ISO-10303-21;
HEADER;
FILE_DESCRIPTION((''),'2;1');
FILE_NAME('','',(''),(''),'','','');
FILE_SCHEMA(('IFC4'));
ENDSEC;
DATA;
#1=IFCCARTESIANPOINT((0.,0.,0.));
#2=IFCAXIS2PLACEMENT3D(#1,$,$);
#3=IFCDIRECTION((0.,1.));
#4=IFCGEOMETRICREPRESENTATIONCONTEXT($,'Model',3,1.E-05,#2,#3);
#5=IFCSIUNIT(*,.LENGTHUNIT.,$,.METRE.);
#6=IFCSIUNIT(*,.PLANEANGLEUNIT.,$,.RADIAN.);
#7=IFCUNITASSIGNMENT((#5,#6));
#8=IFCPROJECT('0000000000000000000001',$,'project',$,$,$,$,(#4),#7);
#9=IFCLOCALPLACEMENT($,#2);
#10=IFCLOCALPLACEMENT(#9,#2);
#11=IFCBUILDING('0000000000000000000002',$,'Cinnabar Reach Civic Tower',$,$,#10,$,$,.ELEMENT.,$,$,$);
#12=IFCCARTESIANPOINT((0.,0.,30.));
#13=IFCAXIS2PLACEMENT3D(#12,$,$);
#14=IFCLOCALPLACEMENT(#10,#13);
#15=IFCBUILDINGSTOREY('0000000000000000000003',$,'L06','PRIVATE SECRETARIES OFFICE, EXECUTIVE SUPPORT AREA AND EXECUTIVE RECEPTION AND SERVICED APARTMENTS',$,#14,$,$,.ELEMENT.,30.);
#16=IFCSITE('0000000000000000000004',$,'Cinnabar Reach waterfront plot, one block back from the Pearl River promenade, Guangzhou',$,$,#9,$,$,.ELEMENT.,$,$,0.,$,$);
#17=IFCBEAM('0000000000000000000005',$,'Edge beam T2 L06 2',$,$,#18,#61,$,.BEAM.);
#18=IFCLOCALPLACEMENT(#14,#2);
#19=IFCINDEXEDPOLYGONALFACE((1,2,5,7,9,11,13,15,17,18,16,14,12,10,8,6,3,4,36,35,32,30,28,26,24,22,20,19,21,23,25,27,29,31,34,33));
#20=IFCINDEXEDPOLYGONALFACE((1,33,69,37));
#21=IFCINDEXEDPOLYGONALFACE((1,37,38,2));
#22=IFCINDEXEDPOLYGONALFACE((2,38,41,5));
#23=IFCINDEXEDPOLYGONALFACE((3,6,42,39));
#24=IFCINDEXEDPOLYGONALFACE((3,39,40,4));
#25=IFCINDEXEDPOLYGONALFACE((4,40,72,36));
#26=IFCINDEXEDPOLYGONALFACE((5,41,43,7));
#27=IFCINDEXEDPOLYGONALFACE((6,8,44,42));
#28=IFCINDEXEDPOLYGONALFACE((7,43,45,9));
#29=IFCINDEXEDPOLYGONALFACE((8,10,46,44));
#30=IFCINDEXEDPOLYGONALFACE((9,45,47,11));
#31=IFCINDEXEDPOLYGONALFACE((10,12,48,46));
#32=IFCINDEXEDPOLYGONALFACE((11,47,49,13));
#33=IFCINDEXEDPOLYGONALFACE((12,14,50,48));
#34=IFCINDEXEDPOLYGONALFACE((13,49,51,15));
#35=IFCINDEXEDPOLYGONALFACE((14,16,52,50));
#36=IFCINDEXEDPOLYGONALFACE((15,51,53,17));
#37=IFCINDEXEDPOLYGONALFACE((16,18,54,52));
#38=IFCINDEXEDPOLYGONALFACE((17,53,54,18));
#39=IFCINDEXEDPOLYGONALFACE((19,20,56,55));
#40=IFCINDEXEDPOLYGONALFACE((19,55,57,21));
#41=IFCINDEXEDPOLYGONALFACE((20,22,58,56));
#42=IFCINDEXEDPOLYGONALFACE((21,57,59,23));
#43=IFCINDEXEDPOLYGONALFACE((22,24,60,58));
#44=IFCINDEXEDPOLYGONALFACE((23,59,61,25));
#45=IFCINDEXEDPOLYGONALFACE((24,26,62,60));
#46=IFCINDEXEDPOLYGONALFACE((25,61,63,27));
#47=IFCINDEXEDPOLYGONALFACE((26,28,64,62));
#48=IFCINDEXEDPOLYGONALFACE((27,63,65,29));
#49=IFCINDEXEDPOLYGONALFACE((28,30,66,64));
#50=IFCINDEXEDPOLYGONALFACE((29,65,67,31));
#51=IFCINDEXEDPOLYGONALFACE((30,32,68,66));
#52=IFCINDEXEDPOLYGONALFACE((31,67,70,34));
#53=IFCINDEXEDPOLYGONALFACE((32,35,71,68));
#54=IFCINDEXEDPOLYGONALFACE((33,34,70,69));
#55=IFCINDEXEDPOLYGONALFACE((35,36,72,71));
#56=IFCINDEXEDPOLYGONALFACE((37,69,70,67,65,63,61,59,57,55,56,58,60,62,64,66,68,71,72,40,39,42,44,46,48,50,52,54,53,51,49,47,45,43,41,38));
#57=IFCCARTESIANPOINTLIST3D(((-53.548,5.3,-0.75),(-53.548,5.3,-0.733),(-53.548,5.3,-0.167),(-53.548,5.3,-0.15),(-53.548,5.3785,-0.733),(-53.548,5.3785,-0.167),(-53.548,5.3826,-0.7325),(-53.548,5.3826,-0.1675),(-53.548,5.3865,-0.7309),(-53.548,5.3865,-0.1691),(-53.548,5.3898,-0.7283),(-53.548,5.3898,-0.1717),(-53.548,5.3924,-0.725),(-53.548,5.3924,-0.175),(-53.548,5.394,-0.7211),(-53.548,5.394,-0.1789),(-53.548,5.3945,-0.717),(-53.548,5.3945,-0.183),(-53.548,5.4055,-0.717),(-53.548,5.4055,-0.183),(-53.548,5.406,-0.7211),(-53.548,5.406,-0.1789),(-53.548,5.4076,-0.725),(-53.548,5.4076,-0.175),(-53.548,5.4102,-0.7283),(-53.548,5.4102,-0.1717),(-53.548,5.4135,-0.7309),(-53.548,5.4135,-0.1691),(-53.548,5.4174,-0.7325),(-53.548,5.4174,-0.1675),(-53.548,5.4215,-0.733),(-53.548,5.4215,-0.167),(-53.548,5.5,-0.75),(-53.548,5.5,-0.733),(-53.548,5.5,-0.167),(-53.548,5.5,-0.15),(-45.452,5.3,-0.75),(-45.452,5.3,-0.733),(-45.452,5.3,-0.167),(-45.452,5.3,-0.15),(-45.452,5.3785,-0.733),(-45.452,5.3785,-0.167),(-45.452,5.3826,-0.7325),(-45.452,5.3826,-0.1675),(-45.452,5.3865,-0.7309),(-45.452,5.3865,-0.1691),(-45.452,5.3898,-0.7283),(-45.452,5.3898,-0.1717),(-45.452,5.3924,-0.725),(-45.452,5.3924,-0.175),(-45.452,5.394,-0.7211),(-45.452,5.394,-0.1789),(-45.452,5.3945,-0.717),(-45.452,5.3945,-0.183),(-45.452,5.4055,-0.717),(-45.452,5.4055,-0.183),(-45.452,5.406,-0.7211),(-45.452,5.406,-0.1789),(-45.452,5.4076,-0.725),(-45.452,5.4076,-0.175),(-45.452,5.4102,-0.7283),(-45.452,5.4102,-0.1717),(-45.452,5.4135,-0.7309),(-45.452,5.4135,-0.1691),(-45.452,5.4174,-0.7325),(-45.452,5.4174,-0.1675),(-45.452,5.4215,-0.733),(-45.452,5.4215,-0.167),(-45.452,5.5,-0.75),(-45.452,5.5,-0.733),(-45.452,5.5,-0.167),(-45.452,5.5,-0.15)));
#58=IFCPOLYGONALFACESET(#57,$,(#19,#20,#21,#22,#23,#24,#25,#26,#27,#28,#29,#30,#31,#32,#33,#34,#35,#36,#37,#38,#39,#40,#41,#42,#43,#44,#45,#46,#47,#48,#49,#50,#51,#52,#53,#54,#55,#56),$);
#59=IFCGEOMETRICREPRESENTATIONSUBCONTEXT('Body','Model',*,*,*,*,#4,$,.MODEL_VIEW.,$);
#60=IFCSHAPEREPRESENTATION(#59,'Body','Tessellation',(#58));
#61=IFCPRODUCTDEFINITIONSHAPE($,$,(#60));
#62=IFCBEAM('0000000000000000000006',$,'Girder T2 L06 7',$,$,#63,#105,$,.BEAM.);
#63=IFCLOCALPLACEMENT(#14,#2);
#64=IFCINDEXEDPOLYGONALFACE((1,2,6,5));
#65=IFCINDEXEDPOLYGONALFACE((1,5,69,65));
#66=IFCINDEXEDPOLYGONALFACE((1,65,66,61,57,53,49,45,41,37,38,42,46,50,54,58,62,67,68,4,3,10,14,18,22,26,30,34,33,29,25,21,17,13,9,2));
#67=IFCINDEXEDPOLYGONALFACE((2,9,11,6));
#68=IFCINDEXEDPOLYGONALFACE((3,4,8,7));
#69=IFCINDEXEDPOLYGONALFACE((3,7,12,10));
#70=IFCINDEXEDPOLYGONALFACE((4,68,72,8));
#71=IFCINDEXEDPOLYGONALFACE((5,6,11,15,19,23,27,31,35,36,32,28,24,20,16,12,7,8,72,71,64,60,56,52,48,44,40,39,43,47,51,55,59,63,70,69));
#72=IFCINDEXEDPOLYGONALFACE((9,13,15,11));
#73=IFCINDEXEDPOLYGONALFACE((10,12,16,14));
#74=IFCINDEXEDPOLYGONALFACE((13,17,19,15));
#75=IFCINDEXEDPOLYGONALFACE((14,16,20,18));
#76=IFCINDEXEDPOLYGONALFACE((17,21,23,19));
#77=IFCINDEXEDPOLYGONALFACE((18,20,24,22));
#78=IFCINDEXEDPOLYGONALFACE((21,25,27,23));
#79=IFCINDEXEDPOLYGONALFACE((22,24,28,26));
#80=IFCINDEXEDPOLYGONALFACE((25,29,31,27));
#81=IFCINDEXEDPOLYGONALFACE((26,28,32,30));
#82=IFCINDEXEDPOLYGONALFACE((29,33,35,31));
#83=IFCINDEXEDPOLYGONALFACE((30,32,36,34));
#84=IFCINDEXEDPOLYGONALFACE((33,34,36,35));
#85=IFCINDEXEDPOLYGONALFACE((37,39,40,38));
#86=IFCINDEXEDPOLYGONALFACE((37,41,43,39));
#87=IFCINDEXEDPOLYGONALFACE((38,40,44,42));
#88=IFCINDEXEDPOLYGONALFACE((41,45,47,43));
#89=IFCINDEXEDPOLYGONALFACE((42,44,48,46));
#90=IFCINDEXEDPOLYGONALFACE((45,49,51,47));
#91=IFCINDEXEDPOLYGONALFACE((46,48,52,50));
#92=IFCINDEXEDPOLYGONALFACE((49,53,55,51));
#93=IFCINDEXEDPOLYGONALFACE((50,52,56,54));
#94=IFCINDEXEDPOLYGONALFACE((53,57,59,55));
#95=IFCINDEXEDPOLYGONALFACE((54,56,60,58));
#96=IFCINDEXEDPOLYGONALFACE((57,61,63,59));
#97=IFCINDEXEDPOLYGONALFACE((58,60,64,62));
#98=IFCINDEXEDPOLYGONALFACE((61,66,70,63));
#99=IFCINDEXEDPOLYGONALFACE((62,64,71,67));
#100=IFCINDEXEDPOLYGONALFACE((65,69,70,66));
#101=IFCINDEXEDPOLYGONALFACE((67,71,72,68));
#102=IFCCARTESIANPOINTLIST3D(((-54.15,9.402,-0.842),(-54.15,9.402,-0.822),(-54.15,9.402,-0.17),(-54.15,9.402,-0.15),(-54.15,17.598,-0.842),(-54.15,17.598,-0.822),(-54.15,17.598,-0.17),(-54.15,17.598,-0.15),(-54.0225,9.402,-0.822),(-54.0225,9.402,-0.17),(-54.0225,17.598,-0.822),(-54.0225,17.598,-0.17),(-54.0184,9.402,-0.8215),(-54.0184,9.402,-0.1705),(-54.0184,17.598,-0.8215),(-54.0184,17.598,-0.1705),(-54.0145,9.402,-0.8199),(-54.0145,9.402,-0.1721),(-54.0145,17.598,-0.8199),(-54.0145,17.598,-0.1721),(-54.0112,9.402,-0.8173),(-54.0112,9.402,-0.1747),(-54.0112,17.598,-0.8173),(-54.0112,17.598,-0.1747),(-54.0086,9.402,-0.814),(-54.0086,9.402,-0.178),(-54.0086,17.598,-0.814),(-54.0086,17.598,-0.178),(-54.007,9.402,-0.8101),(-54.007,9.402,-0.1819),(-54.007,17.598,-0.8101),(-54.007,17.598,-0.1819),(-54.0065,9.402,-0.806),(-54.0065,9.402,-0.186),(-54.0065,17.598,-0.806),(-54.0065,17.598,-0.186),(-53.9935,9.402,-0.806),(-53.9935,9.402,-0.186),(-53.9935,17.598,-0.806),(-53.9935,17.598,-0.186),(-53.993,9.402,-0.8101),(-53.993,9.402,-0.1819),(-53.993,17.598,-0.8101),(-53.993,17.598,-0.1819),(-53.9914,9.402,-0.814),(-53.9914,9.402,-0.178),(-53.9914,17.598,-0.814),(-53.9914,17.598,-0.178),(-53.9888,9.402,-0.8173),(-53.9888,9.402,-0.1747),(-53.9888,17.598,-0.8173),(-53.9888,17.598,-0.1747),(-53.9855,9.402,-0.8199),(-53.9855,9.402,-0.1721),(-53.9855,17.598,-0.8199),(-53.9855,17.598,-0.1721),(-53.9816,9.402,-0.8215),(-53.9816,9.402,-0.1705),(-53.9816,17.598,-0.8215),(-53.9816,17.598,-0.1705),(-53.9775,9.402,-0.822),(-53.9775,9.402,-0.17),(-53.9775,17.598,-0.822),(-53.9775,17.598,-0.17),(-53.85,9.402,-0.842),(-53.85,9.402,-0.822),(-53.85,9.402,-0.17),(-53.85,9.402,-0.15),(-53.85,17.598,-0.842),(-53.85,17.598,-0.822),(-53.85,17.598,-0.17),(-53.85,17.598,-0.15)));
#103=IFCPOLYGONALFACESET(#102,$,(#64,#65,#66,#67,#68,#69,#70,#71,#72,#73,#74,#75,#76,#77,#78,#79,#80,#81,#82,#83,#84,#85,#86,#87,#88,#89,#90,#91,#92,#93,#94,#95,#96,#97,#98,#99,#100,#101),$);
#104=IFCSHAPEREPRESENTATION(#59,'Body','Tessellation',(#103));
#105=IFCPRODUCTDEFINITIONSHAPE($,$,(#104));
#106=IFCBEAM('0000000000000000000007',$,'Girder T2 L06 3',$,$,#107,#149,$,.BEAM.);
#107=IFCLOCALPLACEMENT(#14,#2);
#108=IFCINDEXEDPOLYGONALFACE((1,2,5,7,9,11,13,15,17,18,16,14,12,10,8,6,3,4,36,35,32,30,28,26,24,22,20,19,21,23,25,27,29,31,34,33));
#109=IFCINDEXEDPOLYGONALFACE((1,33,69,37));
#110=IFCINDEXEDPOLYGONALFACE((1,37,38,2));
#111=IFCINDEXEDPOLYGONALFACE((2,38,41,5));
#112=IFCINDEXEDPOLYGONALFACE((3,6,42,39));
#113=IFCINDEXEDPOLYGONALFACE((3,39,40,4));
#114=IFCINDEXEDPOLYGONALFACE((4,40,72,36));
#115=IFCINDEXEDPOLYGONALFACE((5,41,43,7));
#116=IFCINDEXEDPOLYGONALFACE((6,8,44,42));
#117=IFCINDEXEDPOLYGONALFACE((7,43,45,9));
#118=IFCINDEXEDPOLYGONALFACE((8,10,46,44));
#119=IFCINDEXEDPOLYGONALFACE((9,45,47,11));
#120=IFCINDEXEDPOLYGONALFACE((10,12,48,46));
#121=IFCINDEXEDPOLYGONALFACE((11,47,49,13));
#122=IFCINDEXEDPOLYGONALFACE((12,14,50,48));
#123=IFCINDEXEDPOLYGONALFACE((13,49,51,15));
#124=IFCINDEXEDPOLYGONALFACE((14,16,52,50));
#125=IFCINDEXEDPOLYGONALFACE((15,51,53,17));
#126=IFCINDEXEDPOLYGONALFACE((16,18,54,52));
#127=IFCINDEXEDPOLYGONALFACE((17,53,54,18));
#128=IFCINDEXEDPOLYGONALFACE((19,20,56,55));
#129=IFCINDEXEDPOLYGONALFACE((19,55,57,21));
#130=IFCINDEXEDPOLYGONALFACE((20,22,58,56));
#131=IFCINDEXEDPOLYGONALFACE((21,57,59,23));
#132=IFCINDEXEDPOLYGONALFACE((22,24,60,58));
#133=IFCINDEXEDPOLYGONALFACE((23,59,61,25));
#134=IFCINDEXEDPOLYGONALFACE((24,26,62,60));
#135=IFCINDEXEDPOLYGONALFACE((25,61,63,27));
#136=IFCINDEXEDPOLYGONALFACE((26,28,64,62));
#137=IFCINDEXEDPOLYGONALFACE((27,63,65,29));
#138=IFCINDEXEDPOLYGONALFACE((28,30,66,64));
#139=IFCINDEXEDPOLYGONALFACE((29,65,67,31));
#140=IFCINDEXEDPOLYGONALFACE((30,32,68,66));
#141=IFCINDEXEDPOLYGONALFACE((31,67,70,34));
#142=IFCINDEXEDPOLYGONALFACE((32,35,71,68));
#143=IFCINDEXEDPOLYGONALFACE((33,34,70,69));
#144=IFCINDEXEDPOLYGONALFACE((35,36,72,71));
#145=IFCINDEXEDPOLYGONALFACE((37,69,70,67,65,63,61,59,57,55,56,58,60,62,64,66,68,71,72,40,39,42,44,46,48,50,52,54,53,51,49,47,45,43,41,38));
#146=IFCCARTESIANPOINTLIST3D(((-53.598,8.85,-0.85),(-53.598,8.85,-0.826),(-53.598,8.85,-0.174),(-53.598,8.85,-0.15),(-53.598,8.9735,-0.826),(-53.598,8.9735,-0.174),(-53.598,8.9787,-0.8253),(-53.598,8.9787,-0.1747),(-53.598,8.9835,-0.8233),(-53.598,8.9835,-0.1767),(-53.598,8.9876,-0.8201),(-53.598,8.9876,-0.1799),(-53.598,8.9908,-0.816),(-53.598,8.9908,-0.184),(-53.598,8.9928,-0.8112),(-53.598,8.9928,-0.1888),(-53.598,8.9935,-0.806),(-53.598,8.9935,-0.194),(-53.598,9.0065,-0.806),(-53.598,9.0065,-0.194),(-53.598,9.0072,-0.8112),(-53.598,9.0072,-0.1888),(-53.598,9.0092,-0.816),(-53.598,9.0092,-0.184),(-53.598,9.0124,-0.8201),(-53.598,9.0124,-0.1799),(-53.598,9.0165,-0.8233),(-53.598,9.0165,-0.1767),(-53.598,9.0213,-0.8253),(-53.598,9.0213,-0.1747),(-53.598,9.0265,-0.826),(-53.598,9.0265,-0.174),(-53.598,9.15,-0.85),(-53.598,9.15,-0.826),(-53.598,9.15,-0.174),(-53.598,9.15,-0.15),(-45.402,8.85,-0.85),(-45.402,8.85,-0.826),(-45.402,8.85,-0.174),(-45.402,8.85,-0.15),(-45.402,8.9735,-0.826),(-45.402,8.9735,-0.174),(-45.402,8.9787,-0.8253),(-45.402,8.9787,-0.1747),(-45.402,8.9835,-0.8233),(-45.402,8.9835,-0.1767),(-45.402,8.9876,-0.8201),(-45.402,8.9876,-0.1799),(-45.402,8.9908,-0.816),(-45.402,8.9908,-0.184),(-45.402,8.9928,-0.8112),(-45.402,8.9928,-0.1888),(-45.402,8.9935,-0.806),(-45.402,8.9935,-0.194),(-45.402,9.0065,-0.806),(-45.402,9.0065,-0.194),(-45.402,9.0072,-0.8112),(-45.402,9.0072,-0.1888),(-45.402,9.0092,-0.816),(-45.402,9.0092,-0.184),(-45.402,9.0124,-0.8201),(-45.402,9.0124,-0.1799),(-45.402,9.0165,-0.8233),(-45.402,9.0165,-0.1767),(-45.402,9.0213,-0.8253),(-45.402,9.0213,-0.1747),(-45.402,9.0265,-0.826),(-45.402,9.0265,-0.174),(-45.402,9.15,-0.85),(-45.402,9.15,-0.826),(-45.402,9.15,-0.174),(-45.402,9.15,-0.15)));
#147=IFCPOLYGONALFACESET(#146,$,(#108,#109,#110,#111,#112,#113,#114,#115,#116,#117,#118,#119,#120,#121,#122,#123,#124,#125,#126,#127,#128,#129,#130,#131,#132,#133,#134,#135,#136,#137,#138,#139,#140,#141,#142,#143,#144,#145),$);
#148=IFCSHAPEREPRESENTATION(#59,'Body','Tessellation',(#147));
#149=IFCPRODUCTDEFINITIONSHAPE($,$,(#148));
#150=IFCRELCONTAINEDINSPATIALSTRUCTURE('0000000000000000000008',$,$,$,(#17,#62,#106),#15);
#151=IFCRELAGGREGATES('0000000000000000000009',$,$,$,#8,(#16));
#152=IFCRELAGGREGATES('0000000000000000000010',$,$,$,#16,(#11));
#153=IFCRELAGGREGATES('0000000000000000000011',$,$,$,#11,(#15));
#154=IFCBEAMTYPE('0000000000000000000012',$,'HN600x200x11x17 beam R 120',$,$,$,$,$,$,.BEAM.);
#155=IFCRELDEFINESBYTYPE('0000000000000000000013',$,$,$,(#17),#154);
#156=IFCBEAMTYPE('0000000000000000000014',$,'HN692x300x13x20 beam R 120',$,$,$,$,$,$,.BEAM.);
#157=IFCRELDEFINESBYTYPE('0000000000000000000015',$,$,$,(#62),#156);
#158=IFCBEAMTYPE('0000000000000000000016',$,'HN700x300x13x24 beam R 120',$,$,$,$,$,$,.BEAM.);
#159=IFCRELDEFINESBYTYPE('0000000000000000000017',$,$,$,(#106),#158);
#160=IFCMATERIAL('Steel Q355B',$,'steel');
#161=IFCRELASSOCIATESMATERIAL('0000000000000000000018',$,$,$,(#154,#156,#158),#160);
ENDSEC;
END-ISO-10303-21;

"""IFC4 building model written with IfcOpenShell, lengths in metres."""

from ifc_helpers import new_model, si_unit, direction, frame, origin, origin_2d, place, context, subcontext, project, spatial, i_section, extrude, material, material_profile, profile_set, type_object, element, save


model = new_model("IFC4")

# Units and contexts
model_context = context("Model", 3, precision=1e-05, world=origin(), true_north=direction((0.0, 1.0)))
body_context = subcontext(model_context, "Body", "Model", "MODEL_VIEW")
ifc_project = project(units=[si_unit("LENGTHUNIT", "METRE"), si_unit("PLANEANGLEUNIT", "RADIAN")], contexts=[model_context])

# Site, building, storey
site_placement = place(None, origin())
site = spatial("IfcSite", under=ifc_project, at=site_placement, Name="Cinnabar Reach waterfront plot, one block back from the Pearl River promenade, Guangzhou", CompositionType="ELEMENT", RefElevation=0.0)
building_placement = place(site_placement, origin())
building = spatial("IfcBuilding", under=site, at=building_placement, Name="Cinnabar Reach Civic Tower", CompositionType="ELEMENT")
storey_placement = place(building_placement, frame((0.0, 0.0, 30.0)))
storey = spatial("IfcBuildingStorey", under=building, at=storey_placement, Name="L06", Description="PRIVATE SECRETARIES OFFICE, EXECUTIVE SUPPORT AREA AND EXECUTIVE RECEPTION AND SERVICED APARTMENTS", CompositionType="ELEMENT", Elevation=30.0)

# Beams
ifc_material_1 = material(Name="Steel Q355B", Category="steel")
ifc_material_profile_1 = material_profile(ifc_material_1, i_section(OverallWidth=0.2, OverallDepth=0.6, WebThickness=0.011, FlangeThickness=0.017, FilletRadius=0.016, at=origin_2d()), Name="HN600x200x11x17")
ifc_profile_set_1 = profile_set([ifc_material_profile_1], Name="Steel Q355B")
beam_type_1 = type_object("IfcBeamType", Name="HN600x200x11x17 beam R 120", PredefinedType="BEAM", material=ifc_profile_set_1)
beam_1_placement = place(storey_placement, frame((-53.548, 5.4, -0.45), z_axis=(1.0, 0.0, 0.0), x_axis=(0.0, 1.0, 0.0)))
element("IfcBeam", 1, at=beam_1_placement, inside=storey, type_object=beam_type_1, Name="Edge beam T2 L06 2", PredefinedType="BEAM", context=body_context, shape_type="SweptSolid", body=[
    extrude(i_section(OverallWidth=0.2, OverallDepth=0.6, WebThickness=0.011, FlangeThickness=0.017, FilletRadius=0.016, at=origin_2d()), origin(), (0.0, 0.0, 1.0), 8.096),
])
ifc_material_profile_2 = material_profile(ifc_material_1, i_section(OverallWidth=0.3, OverallDepth=0.692, WebThickness=0.013, FlangeThickness=0.02, FilletRadius=0.016, at=origin_2d()), Name="HN692x300x13x20")
ifc_profile_set_2 = profile_set([ifc_material_profile_2], Name="Steel Q355B")
beam_type_2 = type_object("IfcBeamType", Name="HN692x300x13x20 beam R 120", PredefinedType="BEAM", material=ifc_profile_set_2)
beam_2_placement = place(storey_placement, frame((-54.0, 9.402, -0.496), z_axis=(0.0, 1.0, 0.0), x_axis=(-1.0, 0.0, 0.0)))
element("IfcBeam", 2, at=beam_2_placement, inside=storey, type_object=beam_type_2, Name="Girder T2 L06 7", PredefinedType="BEAM", context=body_context, shape_type="SweptSolid", body=[
    extrude(i_section(OverallWidth=0.3, OverallDepth=0.692, WebThickness=0.013, FlangeThickness=0.02, FilletRadius=0.016, at=origin_2d()), origin(), (0.0, 0.0, 1.0), 8.196),
])
ifc_material_profile_3 = material_profile(ifc_material_1, i_section(OverallWidth=0.3, OverallDepth=0.7, WebThickness=0.013, FlangeThickness=0.024, FilletRadius=0.02, at=origin_2d()), Name="HN700x300x13x24")
ifc_profile_set_3 = profile_set([ifc_material_profile_3], Name="Steel Q355B")
beam_type_3 = type_object("IfcBeamType", Name="HN700x300x13x24 beam R 120", PredefinedType="BEAM", material=ifc_profile_set_3)
beam_3_placement = place(storey_placement, frame((-53.598, 9.0, -0.5), z_axis=(1.0, 0.0, 0.0), x_axis=(0.0, 1.0, 0.0)))
element("IfcBeam", 3, at=beam_3_placement, inside=storey, type_object=beam_type_3, Name="Girder T2 L06 3", PredefinedType="BEAM", context=body_context, shape_type="SweptSolid", body=[
    extrude(i_section(OverallWidth=0.3, OverallDepth=0.7, WebThickness=0.013, FlangeThickness=0.024, FilletRadius=0.02, at=origin_2d()), origin(), (0.0, 0.0, 1.0), 8.196),
])

save(model, "model.ifc")
